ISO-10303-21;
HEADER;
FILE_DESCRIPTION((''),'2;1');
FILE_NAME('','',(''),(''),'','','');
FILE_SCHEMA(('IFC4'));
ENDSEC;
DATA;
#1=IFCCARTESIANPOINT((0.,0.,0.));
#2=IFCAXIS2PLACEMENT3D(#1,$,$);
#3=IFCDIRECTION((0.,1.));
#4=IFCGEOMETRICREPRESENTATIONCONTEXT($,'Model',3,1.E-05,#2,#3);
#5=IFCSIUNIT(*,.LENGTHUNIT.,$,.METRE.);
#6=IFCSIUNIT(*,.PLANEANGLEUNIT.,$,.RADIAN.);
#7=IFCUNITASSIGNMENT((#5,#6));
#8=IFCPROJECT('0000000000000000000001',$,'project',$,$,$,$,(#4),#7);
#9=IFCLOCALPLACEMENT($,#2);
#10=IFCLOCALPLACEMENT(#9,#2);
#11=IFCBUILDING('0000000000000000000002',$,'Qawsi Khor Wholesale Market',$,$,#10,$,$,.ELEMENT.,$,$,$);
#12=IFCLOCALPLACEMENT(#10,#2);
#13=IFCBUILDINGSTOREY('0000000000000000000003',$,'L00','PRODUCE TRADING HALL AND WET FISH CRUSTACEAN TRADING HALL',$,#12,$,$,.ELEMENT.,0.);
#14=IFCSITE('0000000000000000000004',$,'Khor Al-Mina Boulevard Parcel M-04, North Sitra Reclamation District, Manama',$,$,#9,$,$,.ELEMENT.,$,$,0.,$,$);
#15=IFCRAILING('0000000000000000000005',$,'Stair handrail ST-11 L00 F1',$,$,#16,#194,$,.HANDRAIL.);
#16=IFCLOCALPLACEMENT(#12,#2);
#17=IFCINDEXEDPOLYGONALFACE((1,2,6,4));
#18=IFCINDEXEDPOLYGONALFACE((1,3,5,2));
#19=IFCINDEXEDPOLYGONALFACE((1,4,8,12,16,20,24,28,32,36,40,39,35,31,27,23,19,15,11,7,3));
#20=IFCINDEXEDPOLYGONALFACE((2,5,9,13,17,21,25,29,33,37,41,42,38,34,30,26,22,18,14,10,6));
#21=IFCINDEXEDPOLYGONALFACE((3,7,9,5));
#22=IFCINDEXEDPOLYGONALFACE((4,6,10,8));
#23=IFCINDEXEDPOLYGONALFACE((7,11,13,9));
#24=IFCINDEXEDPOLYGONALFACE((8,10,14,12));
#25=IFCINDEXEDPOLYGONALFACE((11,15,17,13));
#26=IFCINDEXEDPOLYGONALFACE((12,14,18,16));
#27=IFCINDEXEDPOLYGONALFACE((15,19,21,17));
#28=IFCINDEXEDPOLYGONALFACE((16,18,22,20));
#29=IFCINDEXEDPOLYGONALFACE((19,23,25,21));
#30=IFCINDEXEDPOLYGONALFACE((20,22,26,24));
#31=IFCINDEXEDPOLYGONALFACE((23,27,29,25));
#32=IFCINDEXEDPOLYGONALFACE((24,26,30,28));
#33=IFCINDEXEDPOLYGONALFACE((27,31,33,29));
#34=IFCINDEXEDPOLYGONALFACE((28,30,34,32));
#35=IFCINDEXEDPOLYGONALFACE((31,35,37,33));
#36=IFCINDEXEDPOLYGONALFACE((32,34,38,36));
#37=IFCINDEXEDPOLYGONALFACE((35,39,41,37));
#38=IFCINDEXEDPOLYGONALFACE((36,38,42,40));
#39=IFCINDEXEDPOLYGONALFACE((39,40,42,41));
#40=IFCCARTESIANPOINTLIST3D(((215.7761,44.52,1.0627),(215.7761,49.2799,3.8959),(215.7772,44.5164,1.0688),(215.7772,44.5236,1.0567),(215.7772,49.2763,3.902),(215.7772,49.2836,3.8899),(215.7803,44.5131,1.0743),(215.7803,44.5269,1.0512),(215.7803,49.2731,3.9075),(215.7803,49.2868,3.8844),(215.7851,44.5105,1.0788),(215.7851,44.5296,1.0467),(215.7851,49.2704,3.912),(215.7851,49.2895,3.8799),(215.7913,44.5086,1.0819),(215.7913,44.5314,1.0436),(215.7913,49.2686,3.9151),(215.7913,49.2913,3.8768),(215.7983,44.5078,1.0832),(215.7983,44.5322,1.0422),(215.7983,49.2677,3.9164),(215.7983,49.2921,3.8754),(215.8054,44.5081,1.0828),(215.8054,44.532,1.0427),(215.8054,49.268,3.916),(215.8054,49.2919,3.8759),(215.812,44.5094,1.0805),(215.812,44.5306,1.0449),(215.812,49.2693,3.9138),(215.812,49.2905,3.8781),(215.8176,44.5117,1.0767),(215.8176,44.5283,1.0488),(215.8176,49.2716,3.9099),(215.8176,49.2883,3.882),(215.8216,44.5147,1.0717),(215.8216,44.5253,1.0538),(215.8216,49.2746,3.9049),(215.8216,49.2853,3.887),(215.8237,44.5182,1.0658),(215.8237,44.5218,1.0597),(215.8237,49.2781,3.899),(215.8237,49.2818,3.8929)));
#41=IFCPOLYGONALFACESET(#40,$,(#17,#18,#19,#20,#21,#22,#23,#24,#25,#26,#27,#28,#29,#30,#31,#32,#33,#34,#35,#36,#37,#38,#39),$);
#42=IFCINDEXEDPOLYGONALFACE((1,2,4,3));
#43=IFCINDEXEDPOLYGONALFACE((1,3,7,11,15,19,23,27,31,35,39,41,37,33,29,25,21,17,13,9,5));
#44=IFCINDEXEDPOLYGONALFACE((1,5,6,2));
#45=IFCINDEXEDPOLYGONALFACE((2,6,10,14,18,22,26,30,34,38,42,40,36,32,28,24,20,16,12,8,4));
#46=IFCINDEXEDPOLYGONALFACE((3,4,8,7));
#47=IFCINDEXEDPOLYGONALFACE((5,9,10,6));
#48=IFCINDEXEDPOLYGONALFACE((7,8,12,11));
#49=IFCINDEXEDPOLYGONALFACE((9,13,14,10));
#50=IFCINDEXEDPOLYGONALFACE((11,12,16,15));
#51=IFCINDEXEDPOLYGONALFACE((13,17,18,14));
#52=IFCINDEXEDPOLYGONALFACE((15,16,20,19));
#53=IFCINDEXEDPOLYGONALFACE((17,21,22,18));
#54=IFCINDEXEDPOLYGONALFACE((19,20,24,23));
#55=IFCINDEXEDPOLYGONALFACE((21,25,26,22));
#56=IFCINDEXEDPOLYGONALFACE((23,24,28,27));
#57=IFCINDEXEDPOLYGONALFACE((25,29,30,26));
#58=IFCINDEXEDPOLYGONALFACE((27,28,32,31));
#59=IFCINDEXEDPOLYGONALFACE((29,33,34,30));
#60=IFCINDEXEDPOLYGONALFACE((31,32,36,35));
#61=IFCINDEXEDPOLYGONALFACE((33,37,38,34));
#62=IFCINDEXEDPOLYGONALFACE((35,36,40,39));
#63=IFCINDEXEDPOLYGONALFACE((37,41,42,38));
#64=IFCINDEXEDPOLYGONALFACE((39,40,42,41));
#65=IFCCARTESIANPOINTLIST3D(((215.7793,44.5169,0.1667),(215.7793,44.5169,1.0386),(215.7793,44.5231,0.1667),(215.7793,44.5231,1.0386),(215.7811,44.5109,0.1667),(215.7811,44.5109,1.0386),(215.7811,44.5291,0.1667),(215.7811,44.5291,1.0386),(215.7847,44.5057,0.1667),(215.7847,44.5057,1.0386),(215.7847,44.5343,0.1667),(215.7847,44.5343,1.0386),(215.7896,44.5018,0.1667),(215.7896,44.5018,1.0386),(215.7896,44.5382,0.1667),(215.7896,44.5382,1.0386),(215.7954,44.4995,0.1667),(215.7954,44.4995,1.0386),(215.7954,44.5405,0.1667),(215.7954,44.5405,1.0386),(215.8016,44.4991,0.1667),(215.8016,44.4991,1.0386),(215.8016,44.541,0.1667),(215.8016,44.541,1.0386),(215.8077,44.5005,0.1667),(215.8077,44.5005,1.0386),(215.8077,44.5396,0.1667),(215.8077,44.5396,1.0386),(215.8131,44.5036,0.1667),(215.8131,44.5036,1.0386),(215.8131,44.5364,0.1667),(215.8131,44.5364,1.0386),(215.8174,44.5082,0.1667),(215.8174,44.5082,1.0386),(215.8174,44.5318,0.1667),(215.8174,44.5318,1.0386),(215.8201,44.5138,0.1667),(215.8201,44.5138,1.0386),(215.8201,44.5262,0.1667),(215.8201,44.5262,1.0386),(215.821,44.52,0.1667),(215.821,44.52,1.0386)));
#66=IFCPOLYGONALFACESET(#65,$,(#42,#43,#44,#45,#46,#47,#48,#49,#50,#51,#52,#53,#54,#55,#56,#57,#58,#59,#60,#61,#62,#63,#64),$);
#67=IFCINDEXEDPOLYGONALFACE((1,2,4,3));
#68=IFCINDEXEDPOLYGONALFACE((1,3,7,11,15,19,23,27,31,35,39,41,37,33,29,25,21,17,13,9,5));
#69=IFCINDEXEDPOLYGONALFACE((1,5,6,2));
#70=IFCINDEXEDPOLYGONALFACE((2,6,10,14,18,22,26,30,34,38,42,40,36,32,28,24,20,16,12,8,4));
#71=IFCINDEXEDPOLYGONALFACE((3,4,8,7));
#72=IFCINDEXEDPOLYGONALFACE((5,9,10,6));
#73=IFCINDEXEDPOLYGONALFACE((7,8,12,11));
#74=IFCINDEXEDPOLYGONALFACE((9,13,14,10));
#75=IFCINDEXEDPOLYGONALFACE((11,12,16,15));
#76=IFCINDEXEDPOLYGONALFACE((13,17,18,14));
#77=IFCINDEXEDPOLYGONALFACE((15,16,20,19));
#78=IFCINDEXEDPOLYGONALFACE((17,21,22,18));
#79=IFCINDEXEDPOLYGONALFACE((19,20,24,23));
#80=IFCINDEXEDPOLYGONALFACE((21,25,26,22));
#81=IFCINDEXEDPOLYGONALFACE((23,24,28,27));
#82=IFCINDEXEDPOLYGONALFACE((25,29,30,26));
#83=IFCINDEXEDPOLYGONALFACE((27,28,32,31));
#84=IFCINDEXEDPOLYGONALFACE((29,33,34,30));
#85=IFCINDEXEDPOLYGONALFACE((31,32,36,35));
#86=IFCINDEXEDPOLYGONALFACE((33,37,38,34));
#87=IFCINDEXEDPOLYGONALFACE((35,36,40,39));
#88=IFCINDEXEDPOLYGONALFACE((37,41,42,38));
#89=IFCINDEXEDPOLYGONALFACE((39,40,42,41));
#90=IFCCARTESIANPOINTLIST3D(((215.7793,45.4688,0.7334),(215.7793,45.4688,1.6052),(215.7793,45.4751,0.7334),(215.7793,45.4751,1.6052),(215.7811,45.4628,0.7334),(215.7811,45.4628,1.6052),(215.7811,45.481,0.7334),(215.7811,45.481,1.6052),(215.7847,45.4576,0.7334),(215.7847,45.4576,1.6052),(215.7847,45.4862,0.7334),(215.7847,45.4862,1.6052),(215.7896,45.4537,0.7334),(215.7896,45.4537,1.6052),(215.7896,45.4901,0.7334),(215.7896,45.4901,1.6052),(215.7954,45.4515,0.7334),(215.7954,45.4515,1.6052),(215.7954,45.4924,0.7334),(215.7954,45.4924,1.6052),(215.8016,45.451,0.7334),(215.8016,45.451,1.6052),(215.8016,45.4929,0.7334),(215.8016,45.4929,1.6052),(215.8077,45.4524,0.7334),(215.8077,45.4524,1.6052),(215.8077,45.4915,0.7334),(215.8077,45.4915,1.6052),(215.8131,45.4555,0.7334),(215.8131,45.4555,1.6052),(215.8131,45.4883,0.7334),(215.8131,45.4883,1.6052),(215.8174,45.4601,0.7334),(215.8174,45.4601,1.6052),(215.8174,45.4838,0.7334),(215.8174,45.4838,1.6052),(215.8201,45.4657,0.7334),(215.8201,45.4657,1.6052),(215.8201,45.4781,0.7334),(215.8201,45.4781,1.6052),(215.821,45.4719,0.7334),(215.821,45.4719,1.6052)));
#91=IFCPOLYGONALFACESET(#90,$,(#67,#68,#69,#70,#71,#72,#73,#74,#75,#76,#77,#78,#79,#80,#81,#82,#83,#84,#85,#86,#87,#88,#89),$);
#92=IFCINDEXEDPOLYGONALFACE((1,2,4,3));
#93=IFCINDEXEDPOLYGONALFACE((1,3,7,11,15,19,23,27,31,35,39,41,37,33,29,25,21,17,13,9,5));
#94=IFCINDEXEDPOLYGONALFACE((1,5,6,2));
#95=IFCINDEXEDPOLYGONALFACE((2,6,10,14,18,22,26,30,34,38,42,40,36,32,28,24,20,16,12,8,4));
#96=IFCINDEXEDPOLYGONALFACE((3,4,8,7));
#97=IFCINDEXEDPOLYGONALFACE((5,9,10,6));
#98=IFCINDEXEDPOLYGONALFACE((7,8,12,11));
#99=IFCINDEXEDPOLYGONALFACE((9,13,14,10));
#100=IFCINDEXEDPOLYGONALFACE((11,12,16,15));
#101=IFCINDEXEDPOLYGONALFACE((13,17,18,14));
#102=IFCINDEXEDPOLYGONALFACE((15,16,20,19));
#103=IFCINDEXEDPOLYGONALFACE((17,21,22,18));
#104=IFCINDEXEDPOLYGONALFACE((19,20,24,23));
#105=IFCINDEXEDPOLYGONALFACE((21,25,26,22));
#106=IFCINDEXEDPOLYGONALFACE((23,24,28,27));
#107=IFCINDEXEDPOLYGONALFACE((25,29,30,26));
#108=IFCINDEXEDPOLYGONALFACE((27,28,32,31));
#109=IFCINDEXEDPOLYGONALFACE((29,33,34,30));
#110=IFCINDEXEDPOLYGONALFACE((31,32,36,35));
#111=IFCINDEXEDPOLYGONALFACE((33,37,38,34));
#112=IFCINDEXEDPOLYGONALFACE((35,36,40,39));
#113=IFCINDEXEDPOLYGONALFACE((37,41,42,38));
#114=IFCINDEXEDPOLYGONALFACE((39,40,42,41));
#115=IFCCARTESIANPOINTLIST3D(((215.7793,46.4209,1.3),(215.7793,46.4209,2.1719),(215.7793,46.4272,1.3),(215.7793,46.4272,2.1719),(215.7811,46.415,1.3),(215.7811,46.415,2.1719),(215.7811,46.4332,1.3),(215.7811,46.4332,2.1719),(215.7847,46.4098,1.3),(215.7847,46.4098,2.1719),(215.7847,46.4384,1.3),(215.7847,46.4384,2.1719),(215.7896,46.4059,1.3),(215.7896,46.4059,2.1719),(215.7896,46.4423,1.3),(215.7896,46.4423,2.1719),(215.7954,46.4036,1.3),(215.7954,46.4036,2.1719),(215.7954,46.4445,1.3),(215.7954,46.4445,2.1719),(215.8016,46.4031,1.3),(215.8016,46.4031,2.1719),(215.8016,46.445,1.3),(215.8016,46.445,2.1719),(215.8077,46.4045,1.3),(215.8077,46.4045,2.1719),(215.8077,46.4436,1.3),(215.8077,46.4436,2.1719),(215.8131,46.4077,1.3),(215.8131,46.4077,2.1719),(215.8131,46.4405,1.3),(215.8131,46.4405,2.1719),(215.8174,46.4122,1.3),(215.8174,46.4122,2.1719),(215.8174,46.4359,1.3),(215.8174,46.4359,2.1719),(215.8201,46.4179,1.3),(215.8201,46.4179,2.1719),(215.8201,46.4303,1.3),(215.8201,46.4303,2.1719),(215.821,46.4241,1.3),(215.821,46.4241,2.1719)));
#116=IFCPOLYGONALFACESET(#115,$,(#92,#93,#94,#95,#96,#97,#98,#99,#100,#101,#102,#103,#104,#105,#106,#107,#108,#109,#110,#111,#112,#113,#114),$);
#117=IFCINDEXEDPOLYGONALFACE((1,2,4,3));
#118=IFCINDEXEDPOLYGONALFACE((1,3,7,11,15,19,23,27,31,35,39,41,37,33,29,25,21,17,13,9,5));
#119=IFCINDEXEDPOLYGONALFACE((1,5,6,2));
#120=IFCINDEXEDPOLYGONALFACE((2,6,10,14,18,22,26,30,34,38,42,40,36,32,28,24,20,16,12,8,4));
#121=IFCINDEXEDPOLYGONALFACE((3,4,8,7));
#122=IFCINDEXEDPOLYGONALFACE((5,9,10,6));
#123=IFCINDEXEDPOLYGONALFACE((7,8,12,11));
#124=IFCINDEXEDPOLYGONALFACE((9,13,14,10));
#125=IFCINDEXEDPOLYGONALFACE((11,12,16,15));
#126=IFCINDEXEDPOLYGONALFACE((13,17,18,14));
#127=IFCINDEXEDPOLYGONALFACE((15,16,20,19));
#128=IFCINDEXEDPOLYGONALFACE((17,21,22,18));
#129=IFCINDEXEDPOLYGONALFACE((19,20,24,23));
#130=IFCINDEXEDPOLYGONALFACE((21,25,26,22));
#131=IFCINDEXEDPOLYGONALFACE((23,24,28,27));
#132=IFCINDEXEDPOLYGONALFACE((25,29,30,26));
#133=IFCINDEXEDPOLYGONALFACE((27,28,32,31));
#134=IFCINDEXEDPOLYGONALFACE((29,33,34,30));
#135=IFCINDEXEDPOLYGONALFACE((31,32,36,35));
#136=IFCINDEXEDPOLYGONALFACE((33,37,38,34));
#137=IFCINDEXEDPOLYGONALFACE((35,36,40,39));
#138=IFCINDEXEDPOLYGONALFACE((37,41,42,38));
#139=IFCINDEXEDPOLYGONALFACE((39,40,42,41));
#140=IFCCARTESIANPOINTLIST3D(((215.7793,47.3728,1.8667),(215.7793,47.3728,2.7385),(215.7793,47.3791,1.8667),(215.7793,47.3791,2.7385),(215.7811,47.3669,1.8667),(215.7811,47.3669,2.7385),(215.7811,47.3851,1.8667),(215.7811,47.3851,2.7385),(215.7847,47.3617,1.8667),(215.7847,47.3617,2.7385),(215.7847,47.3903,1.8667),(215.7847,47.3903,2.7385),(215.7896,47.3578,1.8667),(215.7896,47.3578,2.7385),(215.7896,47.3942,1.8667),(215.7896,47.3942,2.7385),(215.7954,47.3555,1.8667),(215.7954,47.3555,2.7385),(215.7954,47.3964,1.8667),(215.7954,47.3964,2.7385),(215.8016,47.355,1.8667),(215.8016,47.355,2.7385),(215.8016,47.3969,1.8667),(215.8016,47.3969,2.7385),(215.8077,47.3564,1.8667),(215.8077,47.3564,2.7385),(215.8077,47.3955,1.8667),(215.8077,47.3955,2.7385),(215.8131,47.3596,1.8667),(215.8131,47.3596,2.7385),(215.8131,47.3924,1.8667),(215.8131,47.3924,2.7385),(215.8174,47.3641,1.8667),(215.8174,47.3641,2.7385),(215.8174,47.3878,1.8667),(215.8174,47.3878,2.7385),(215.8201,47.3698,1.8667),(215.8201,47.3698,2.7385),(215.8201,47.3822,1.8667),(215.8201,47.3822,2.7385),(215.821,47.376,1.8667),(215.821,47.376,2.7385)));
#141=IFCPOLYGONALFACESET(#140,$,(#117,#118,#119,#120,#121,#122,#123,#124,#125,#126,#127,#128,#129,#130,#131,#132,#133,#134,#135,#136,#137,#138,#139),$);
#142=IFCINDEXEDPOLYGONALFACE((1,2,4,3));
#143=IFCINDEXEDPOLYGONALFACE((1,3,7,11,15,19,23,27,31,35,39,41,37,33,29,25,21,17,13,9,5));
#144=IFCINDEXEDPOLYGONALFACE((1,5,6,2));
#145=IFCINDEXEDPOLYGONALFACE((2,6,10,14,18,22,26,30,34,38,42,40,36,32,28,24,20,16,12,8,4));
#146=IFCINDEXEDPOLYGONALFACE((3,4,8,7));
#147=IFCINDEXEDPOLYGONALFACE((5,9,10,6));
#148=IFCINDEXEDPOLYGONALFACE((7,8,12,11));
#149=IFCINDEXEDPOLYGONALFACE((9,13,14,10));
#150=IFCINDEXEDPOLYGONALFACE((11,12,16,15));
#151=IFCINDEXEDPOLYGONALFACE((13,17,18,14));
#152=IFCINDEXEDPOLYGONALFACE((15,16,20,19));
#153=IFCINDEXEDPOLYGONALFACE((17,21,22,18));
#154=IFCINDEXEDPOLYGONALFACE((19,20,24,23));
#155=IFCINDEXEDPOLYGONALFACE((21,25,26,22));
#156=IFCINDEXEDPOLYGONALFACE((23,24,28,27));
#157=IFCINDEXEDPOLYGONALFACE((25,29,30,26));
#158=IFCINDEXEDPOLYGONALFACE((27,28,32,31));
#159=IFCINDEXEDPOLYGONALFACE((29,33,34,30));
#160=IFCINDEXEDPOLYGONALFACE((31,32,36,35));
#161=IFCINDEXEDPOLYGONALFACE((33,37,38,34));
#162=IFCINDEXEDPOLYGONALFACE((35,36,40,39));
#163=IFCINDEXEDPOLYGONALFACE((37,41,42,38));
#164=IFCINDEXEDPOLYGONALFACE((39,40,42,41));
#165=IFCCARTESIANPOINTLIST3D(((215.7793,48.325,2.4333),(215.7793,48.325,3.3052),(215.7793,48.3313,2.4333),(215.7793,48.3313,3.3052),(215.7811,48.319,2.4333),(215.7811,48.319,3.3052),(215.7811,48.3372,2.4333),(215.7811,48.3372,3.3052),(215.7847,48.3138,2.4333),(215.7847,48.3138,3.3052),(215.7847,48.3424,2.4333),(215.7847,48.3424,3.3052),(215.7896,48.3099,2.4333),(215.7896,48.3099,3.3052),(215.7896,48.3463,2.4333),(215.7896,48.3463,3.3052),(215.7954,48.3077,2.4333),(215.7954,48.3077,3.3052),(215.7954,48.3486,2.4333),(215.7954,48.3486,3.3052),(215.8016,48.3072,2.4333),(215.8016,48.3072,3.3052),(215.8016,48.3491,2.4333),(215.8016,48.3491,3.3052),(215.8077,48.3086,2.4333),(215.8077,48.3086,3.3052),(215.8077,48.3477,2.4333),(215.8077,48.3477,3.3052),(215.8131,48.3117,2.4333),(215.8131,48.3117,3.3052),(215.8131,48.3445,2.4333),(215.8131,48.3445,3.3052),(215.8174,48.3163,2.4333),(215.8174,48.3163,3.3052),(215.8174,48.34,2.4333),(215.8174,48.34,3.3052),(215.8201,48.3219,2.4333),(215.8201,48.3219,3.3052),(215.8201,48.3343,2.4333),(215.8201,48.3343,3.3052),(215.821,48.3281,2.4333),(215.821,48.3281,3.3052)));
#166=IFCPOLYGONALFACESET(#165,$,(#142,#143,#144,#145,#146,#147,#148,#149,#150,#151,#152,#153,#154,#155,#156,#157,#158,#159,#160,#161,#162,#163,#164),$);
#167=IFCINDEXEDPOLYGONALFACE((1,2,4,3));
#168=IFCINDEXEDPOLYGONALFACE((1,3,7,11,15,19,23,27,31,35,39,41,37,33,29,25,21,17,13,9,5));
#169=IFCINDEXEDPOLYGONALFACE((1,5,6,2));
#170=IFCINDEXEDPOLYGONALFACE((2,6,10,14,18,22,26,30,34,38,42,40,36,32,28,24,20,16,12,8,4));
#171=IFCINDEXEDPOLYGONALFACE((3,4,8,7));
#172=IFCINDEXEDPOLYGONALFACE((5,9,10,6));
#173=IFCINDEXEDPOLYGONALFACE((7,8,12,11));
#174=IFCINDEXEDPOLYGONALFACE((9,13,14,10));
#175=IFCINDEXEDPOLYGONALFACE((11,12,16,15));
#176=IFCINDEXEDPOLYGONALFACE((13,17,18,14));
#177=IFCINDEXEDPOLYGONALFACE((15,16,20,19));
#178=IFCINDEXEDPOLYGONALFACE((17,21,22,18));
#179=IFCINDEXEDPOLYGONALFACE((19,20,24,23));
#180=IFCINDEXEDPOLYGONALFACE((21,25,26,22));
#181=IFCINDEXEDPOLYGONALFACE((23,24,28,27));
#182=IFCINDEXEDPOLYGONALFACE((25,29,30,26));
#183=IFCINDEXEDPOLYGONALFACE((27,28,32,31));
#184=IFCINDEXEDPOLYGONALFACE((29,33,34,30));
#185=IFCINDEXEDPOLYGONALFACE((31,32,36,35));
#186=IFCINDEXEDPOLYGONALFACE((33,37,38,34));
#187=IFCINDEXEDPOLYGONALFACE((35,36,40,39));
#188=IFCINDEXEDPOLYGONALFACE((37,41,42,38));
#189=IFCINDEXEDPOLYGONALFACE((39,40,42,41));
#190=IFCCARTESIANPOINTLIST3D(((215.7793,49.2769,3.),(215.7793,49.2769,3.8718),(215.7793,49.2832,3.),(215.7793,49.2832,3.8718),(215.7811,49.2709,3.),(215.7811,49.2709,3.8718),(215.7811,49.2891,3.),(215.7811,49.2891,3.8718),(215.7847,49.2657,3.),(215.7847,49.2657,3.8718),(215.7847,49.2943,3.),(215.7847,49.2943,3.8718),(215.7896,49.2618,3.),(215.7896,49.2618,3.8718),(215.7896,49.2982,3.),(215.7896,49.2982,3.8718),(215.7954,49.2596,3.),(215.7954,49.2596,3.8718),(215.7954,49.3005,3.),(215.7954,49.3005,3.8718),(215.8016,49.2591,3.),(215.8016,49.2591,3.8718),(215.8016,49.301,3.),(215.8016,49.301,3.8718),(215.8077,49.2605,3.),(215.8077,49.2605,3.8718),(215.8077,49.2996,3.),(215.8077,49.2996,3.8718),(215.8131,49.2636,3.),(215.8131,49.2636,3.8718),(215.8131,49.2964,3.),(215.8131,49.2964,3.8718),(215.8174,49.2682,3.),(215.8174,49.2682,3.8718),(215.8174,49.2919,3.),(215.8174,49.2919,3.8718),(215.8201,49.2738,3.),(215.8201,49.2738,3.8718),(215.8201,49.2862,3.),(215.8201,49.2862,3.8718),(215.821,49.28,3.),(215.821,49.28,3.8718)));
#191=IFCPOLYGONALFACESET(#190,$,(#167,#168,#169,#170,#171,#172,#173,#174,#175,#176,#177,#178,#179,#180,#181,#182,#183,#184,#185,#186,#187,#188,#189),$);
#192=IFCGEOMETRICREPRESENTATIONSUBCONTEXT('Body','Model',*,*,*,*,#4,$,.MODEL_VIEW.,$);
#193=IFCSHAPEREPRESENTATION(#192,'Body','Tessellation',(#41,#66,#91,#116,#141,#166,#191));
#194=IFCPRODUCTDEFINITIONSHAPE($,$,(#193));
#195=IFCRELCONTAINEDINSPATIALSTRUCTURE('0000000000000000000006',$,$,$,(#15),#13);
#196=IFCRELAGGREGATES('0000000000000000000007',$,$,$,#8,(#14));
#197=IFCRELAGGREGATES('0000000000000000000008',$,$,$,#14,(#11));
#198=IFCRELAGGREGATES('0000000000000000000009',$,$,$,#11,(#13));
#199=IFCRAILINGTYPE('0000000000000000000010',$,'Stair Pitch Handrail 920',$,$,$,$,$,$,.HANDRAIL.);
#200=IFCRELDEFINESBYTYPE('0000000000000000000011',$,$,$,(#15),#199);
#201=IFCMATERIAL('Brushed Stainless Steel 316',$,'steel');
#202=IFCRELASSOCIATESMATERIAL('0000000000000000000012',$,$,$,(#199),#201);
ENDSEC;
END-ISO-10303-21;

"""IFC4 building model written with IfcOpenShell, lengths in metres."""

from ifc_helpers import new_model, si_unit, direction, frame, origin, origin_2d, place, context, subcontext, project, spatial, circle, extrude, material, type_object, element, save


model = new_model("IFC4")

# Units and contexts
model_context = context("Model", 3, precision=1e-05, world=origin(), true_north=direction((0.0, 1.0)))
body_context = subcontext(model_context, "Body", "Model", "MODEL_VIEW")
ifc_project = project(units=[si_unit("LENGTHUNIT", "METRE"), si_unit("PLANEANGLEUNIT", "RADIAN")], contexts=[model_context])

# Site, building, storey
site_placement = place(None, origin())
site = spatial("IfcSite", under=ifc_project, at=site_placement, Name="Khor Al-Mina Boulevard Parcel M-04, North Sitra Reclamation District, Manama", CompositionType="ELEMENT", RefElevation=0.0)
building_placement = place(site_placement, origin())
building = spatial("IfcBuilding", under=site, at=building_placement, Name="Qawsi Khor Wholesale Market", CompositionType="ELEMENT")
storey_placement = place(building_placement, origin())
storey = spatial("IfcBuildingStorey", under=building, at=storey_placement, Name="L00", Description="PRODUCE TRADING HALL AND WET FISH CRUSTACEAN TRADING HALL", CompositionType="ELEMENT", Elevation=0.0)

# Railing
ifc_material_1 = material(Name="Brushed Stainless Steel 316", Category="steel")
railing_type = type_object("IfcRailingType", Name="Stair Pitch Handrail 920", PredefinedType="HANDRAIL", material=ifc_material_1)
railing_1_placement = place(storey_placement, frame((215.8, 44.52, 0.1667)))
element("IfcRailing", 1, at=railing_1_placement, inside=storey, type_object=railing_type, Name="Stair handrail ST-11 L00 F1", PredefinedType="HANDRAIL", context=body_context, shape_type="SweptSolid", body=[
    extrude(circle(Radius=0.0239, at=origin_2d()), frame((0.0, 0.0, 0.896), z_axis=(0.0, 0.8593, 0.511472), x_axis=(-1.0, 0.0, 0.0)), (0.0, 0.0, 1.0), 5.5393),
    extrude(circle(Radius=0.021, at=origin_2d()), origin(), (0.0, 0.0, 1.0), 0.8718),
    extrude(circle(Radius=0.021, at=origin_2d()), frame((0.0, 0.9519, 0.5667)), (0.0, 0.0, 1.0), 0.8718),
    extrude(circle(Radius=0.021, at=origin_2d()), frame((0.0, 1.9041, 1.1333)), (0.0, 0.0, 1.0), 0.8718),
    extrude(circle(Radius=0.021, at=origin_2d()), frame((0.0, 2.856, 1.7)), (0.0, 0.0, 1.0), 0.8718),
    extrude(circle(Radius=0.021, at=origin_2d()), frame((0.0, 3.8081, 2.2666)), (0.0, 0.0, 1.0), 0.8718),
    extrude(circle(Radius=0.021, at=origin_2d()), frame((0.0, 4.76, 2.8333)), (0.0, 0.0, 1.0), 0.8718),
])

save(model, "model.ifc")
